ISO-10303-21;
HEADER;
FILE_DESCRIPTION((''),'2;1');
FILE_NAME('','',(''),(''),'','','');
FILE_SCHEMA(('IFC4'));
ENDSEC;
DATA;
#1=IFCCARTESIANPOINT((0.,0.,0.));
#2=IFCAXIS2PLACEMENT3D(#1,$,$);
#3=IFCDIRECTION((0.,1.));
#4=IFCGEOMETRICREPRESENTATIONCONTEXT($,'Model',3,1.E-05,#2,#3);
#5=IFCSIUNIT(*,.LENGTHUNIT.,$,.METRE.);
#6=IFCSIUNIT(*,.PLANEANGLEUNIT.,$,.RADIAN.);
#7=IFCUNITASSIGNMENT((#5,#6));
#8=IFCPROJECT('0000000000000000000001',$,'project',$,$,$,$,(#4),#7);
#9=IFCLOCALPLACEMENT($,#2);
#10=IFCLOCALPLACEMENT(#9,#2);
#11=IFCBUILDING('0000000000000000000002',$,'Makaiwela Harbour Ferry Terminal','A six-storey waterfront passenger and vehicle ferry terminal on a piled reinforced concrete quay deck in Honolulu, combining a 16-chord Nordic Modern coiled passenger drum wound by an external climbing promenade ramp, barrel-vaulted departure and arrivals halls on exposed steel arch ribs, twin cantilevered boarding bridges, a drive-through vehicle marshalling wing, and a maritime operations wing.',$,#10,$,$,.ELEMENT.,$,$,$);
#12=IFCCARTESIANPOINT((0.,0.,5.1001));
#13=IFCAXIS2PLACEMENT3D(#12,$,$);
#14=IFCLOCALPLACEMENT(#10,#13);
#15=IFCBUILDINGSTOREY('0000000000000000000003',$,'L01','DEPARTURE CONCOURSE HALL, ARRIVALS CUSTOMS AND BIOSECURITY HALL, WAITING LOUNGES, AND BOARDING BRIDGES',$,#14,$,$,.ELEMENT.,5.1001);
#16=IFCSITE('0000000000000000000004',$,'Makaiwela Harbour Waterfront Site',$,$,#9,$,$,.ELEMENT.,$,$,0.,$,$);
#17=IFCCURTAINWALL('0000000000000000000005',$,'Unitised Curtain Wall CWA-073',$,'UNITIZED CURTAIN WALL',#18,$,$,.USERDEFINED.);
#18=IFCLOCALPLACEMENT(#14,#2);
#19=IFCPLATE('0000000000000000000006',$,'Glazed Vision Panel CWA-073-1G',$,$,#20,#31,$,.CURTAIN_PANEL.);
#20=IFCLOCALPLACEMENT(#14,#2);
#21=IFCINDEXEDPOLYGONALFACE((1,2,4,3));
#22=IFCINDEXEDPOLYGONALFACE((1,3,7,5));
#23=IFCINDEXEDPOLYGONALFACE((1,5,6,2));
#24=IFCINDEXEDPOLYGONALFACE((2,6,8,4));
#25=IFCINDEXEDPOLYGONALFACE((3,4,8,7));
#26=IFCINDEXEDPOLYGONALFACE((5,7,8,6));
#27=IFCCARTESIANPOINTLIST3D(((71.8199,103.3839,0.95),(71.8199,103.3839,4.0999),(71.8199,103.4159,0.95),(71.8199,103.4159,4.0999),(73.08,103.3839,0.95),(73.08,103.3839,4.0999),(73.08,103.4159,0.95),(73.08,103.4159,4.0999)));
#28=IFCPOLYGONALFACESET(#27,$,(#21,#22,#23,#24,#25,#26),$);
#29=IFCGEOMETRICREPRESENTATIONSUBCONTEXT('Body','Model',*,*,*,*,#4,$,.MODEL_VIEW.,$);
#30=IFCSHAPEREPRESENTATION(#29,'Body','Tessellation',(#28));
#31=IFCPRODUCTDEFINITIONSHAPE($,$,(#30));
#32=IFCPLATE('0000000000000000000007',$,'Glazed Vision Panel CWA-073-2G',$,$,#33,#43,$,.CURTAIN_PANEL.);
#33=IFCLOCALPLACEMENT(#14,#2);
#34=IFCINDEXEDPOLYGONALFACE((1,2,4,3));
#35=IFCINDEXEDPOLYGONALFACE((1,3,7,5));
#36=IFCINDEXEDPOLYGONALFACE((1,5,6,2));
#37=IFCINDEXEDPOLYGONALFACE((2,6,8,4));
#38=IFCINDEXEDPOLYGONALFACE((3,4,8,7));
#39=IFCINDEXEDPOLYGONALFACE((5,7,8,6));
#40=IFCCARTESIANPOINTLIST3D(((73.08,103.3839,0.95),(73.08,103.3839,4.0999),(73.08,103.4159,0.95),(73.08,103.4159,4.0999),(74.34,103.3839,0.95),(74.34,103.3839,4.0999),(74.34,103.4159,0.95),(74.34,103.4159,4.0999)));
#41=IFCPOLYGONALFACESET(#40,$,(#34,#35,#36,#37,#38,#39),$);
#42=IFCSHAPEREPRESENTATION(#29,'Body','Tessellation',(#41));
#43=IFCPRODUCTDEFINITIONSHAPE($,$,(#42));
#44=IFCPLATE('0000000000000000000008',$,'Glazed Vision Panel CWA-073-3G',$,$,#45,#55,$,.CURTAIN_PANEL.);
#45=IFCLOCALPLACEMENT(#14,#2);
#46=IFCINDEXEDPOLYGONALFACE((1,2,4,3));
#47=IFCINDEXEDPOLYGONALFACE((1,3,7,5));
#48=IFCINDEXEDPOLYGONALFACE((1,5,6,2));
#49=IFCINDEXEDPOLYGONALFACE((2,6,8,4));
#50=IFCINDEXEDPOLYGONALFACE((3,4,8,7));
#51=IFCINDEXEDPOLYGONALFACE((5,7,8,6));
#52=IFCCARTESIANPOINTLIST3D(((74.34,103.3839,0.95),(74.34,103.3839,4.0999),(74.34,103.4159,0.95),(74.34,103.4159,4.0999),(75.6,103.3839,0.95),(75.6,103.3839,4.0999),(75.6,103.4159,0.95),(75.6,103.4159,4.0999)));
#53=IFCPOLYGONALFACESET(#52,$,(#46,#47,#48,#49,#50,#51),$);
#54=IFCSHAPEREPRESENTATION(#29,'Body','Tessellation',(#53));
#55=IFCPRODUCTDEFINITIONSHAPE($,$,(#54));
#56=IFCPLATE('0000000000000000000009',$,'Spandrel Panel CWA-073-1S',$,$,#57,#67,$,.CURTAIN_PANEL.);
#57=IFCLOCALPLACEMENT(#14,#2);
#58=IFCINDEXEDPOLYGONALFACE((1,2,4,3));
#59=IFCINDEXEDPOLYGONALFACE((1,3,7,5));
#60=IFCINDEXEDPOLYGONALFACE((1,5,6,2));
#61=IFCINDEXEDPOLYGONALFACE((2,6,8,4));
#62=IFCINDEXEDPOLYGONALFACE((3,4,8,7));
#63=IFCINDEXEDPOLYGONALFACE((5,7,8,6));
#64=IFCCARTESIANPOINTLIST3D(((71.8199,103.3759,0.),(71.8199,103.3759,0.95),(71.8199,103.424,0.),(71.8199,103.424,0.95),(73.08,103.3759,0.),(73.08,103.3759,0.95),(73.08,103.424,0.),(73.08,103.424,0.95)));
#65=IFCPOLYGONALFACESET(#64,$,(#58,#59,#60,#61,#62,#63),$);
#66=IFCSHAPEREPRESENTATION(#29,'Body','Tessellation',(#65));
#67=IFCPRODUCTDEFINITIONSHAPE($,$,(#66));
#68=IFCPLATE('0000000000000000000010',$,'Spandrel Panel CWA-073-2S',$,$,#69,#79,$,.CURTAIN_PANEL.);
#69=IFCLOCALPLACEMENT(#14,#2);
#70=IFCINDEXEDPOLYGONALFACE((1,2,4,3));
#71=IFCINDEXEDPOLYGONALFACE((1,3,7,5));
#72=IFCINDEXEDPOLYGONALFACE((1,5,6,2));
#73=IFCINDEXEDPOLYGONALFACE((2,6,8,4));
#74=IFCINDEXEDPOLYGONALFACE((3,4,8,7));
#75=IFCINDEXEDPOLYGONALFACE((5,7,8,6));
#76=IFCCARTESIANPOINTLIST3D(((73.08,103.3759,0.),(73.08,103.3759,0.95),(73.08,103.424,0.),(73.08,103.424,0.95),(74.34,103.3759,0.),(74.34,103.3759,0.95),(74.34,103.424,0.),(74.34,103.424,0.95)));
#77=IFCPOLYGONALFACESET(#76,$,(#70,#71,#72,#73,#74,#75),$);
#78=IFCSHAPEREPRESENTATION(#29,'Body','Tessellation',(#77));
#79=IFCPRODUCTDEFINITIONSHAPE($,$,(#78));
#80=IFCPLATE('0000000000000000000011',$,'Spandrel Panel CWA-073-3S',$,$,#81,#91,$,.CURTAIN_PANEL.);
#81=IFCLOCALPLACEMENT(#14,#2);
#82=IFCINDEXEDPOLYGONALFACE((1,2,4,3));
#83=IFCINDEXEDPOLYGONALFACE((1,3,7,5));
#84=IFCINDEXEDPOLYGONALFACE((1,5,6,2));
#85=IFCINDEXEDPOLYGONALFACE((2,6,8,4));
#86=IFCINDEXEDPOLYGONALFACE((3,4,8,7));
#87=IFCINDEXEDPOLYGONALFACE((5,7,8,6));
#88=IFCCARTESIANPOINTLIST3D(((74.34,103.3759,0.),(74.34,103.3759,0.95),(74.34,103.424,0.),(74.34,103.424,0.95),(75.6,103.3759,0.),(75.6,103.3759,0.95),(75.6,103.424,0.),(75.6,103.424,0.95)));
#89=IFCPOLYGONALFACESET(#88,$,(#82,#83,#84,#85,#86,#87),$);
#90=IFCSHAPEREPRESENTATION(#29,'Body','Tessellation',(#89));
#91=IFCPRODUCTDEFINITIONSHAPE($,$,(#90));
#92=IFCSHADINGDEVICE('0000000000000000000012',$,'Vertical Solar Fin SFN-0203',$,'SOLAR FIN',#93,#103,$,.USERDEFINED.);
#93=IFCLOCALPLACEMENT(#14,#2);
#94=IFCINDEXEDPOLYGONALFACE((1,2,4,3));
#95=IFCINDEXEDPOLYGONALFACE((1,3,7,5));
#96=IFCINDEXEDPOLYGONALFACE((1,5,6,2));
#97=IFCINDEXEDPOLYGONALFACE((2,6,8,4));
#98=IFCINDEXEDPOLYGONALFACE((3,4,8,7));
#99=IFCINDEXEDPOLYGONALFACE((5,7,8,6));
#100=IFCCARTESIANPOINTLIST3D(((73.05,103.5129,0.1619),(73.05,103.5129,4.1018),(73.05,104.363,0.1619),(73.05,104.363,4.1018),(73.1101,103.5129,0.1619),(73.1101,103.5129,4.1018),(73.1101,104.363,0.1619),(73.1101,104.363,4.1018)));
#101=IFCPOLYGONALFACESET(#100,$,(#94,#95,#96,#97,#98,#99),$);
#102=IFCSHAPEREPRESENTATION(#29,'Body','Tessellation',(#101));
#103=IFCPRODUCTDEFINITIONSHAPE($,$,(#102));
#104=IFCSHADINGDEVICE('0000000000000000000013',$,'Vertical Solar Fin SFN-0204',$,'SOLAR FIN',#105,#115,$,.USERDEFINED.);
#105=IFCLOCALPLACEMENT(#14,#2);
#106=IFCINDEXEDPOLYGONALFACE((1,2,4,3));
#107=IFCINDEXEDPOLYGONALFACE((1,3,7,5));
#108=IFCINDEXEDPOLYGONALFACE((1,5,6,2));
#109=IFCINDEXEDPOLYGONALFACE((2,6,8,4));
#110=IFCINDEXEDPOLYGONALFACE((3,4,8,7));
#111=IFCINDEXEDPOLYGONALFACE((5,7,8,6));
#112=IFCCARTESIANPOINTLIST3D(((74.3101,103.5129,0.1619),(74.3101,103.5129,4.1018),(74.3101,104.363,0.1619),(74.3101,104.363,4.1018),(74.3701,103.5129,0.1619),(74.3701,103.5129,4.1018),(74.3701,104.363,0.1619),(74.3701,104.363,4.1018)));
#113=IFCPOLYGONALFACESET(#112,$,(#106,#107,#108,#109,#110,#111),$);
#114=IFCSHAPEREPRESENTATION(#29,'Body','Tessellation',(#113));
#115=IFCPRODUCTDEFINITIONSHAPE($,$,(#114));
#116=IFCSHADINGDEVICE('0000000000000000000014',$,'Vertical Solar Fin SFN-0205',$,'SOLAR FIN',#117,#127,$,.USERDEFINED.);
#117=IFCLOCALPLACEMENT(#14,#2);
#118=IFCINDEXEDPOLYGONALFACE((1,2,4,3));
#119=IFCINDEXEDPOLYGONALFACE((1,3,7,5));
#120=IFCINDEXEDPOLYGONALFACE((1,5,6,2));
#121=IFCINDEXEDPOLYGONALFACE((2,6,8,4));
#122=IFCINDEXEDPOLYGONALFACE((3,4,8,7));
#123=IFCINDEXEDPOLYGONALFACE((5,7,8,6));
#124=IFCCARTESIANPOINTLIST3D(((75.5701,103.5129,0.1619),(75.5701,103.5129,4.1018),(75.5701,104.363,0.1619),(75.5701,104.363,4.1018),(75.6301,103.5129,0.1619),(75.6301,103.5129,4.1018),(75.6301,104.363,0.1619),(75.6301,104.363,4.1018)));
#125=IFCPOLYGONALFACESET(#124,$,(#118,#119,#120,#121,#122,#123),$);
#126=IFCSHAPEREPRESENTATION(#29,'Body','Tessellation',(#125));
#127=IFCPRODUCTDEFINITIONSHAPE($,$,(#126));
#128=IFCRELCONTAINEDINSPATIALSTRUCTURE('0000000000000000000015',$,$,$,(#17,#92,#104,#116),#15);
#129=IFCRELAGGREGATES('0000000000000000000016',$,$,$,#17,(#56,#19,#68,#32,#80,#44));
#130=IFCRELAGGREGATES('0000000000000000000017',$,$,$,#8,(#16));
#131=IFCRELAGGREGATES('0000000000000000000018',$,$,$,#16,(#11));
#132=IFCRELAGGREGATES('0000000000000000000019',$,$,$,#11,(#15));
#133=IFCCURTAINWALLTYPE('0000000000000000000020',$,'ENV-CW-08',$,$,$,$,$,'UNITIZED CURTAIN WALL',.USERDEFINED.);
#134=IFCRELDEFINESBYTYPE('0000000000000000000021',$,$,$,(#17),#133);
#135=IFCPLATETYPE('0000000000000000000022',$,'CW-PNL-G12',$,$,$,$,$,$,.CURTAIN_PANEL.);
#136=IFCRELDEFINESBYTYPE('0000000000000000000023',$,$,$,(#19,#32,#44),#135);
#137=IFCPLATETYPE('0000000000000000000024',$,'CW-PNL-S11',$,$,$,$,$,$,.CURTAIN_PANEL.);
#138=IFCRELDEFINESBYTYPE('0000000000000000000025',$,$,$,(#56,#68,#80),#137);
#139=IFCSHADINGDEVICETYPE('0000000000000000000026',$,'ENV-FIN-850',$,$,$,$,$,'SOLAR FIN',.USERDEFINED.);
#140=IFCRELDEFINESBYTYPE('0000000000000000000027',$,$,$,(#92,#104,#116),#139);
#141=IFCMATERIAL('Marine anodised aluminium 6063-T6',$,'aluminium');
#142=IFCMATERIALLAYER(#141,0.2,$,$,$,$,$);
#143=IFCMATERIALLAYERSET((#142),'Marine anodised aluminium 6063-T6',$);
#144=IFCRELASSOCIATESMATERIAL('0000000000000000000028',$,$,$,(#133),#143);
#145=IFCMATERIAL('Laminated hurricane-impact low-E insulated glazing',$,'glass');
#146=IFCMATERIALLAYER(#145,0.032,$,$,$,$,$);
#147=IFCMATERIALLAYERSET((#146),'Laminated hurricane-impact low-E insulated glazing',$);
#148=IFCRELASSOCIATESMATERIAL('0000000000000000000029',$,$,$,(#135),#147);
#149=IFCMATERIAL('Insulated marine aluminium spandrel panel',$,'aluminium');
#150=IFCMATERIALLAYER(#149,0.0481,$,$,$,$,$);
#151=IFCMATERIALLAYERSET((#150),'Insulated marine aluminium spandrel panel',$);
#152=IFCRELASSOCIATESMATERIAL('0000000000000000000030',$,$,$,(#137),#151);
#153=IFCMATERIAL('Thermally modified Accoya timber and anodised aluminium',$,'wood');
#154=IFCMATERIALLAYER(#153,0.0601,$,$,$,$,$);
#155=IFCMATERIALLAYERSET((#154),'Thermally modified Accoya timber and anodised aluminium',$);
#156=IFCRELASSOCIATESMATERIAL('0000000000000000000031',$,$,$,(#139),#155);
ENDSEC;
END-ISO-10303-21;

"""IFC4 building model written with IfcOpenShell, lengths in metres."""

from ifc_helpers import new_model, si_unit, direction, frame, origin, origin_2d, place, context, subcontext, project, spatial, rectangle, extrude, material, layer, layer_set, type_object, element, aggregate, save


model = new_model("IFC4")

# Units and contexts
model_context = context("Model", 3, precision=1e-05, world=origin(), true_north=direction((0.0, 1.0)))
body_context = subcontext(model_context, "Body", "Model", "MODEL_VIEW")
ifc_project = project(units=[si_unit("LENGTHUNIT", "METRE"), si_unit("PLANEANGLEUNIT", "RADIAN")], contexts=[model_context])

# Site, building, storey
site_placement = place(None, origin())
site = spatial("IfcSite", under=ifc_project, at=site_placement, Name="Makaiwela Harbour Waterfront Site", CompositionType="ELEMENT", RefElevation=0.0)
building_placement = place(site_placement, origin())
building = spatial("IfcBuilding", under=site, at=building_placement, Name="Makaiwela Harbour Ferry Terminal", Description="A six-storey waterfront passenger and vehicle ferry terminal on a piled reinforced concrete quay deck in Honolulu, combining a 16-chord Nordic Modern coiled passenger drum wound by an external climbing promenade ramp, barrel-vaulted departure and arrivals halls on exposed steel arch ribs, twin cantilevered boarding bridges, a drive-through vehicle marshalling wing, and a maritime operations wing.", CompositionType="ELEMENT")
storey_placement = place(building_placement, frame((0.0, 0.0, 5.1001)))
storey = spatial("IfcBuildingStorey", under=building, at=storey_placement, Name="L01", Description="DEPARTURE CONCOURSE HALL, ARRIVALS CUSTOMS AND BIOSECURITY HALL, WAITING LOUNGES, AND BOARDING BRIDGES", CompositionType="ELEMENT", Elevation=5.1001)

# Curtain wall
ifc_material_1 = material(Name="Marine anodised aluminium 6063-T6", Category="aluminium")
ifc_layer_1 = layer(ifc_material_1, 0.2)
ifc_layer_set_1 = layer_set([ifc_layer_1], Name="Marine anodised aluminium 6063-T6")
curtain_wall_type = type_object("IfcCurtainWallType", Name="ENV-CW-08", ElementType="UNITIZED CURTAIN WALL", PredefinedType="USERDEFINED", material=ifc_layer_set_1)
curtain_wall_placement = place(storey_placement, origin())
curtain_wall = element("IfcCurtainWall", 1, at=curtain_wall_placement, inside=storey, type_object=curtain_wall_type, Name="Unitised Curtain Wall CWA-073", ObjectType="UNITIZED CURTAIN WALL", PredefinedType="USERDEFINED")

# Plates
ifc_material_2 = material(Name="Laminated hurricane-impact low-E insulated glazing", Category="glass")
ifc_layer_2 = layer(ifc_material_2, 0.032)
ifc_layer_set_2 = layer_set([ifc_layer_2], Name="Laminated hurricane-impact low-E insulated glazing")
plate_type_1 = type_object("IfcPlateType", Name="CW-PNL-G12", PredefinedType="CURTAIN_PANEL", material=ifc_layer_set_2)
plate_1_placement = place(storey_placement, frame((72.45, 103.3999, 0.95), z_axis=(0.0, 0.0, 1.0), x_axis=(1.0, 0.0, 0.0)))
plate_1 = element("IfcPlate", 2, at=plate_1_placement, type_object=plate_type_1, Name="Glazed Vision Panel CWA-073-1G", PredefinedType="CURTAIN_PANEL", context=body_context, shape_type="SweptSolid", body=[
    extrude(rectangle(XDim=1.26, YDim=0.032, at=origin_2d()), origin(), (0.0, 0.0, 1.0), 3.1499),
])
plate_2_placement = place(storey_placement, frame((73.71, 103.3999, 0.95), z_axis=(0.0, 0.0, 1.0), x_axis=(1.0, 0.0, 0.0)))
plate_2 = element("IfcPlate", 3, at=plate_2_placement, type_object=plate_type_1, Name="Glazed Vision Panel CWA-073-2G", PredefinedType="CURTAIN_PANEL", context=body_context, shape_type="SweptSolid", body=[
    extrude(rectangle(XDim=1.26, YDim=0.032, at=origin_2d()), origin(), (0.0, 0.0, 1.0), 3.1499),
])
plate_3_placement = place(storey_placement, frame((74.97, 103.3999, 0.95), z_axis=(0.0, 0.0, 1.0), x_axis=(1.0, 0.0, 0.0)))
plate_3 = element("IfcPlate", 4, at=plate_3_placement, type_object=plate_type_1, Name="Glazed Vision Panel CWA-073-3G", PredefinedType="CURTAIN_PANEL", context=body_context, shape_type="SweptSolid", body=[
    extrude(rectangle(XDim=1.26, YDim=0.032, at=origin_2d()), origin(), (0.0, 0.0, 1.0), 3.1499),
])
ifc_material_3 = material(Name="Insulated marine aluminium spandrel panel", Category="aluminium")
ifc_layer_3 = layer(ifc_material_3, 0.0481)
ifc_layer_set_3 = layer_set([ifc_layer_3], Name="Insulated marine aluminium spandrel panel")
plate_type_2 = type_object("IfcPlateType", Name="CW-PNL-S11", PredefinedType="CURTAIN_PANEL", material=ifc_layer_set_3)
plate_4_placement = place(storey_placement, frame((72.45, 103.3999, 0.0), z_axis=(0.0, 0.0, 1.0), x_axis=(1.0, 0.0, 0.0)))
plate_4 = element("IfcPlate", 5, at=plate_4_placement, type_object=plate_type_2, Name="Spandrel Panel CWA-073-1S", PredefinedType="CURTAIN_PANEL", context=body_context, shape_type="SweptSolid", body=[
    extrude(rectangle(XDim=1.26, YDim=0.0481, at=origin_2d()), origin(), (0.0, 0.0, 1.0), 0.95),
])
plate_5_placement = place(storey_placement, frame((73.71, 103.3999, 0.0), z_axis=(0.0, 0.0, 1.0), x_axis=(1.0, 0.0, 0.0)))
plate_5 = element("IfcPlate", 6, at=plate_5_placement, type_object=plate_type_2, Name="Spandrel Panel CWA-073-2S", PredefinedType="CURTAIN_PANEL", context=body_context, shape_type="SweptSolid", body=[
    extrude(rectangle(XDim=1.26, YDim=0.0481, at=origin_2d()), origin(), (0.0, 0.0, 1.0), 0.95),
])
plate_6_placement = place(storey_placement, frame((74.97, 103.3999, 0.0), z_axis=(0.0, 0.0, 1.0), x_axis=(1.0, 0.0, 0.0)))
plate_6 = element("IfcPlate", 7, at=plate_6_placement, type_object=plate_type_2, Name="Spandrel Panel CWA-073-3S", PredefinedType="CURTAIN_PANEL", context=body_context, shape_type="SweptSolid", body=[
    extrude(rectangle(XDim=1.26, YDim=0.0481, at=origin_2d()), origin(), (0.0, 0.0, 1.0), 0.95),
])
aggregate(curtain_wall, [plate_4, plate_1, plate_5, plate_2, plate_6, plate_3])

# Shading devices
ifc_material_4 = material(Name="Thermally modified Accoya timber and anodised aluminium", Category="wood")
ifc_layer_4 = layer(ifc_material_4, 0.0601)
ifc_layer_set_4 = layer_set([ifc_layer_4], Name="Thermally modified Accoya timber and anodised aluminium")
shading_device_type = type_object("IfcShadingDeviceType", Name="ENV-FIN-850", ElementType="SOLAR FIN", PredefinedType="USERDEFINED", material=ifc_layer_set_4)
for number, where, z_axis, x_axis, name in (
    (8, (73.0801, 103.938, 0.1619), (0.0, 0.0, 1.0), (0.0, 1.0, 0.0), "Vertical Solar Fin SFN-0203"),
    (9, (74.3401, 103.938, 0.1619), (0.0, 0.0, 1.0), (0.0, 1.0, 0.0), "Vertical Solar Fin SFN-0204"),
    (10, (75.6001, 103.938, 0.1619), (0.0, 0.0, 1.0), (0.0, 1.0, 0.0), "Vertical Solar Fin SFN-0205"),
):
    element("IfcShadingDevice", number, at=place(storey_placement, frame(where, z_axis=z_axis, x_axis=x_axis)), inside=storey, type_object=shading_device_type, Name=name, ObjectType="SOLAR FIN", PredefinedType="USERDEFINED", context=body_context, shape_type="SweptSolid", body=[
        extrude(rectangle(XDim=0.8501, YDim=0.0601, at=origin_2d()), origin(), (0.0, 0.0, 1.0), 3.9399),
    ])

save(model, "model.ifc")
